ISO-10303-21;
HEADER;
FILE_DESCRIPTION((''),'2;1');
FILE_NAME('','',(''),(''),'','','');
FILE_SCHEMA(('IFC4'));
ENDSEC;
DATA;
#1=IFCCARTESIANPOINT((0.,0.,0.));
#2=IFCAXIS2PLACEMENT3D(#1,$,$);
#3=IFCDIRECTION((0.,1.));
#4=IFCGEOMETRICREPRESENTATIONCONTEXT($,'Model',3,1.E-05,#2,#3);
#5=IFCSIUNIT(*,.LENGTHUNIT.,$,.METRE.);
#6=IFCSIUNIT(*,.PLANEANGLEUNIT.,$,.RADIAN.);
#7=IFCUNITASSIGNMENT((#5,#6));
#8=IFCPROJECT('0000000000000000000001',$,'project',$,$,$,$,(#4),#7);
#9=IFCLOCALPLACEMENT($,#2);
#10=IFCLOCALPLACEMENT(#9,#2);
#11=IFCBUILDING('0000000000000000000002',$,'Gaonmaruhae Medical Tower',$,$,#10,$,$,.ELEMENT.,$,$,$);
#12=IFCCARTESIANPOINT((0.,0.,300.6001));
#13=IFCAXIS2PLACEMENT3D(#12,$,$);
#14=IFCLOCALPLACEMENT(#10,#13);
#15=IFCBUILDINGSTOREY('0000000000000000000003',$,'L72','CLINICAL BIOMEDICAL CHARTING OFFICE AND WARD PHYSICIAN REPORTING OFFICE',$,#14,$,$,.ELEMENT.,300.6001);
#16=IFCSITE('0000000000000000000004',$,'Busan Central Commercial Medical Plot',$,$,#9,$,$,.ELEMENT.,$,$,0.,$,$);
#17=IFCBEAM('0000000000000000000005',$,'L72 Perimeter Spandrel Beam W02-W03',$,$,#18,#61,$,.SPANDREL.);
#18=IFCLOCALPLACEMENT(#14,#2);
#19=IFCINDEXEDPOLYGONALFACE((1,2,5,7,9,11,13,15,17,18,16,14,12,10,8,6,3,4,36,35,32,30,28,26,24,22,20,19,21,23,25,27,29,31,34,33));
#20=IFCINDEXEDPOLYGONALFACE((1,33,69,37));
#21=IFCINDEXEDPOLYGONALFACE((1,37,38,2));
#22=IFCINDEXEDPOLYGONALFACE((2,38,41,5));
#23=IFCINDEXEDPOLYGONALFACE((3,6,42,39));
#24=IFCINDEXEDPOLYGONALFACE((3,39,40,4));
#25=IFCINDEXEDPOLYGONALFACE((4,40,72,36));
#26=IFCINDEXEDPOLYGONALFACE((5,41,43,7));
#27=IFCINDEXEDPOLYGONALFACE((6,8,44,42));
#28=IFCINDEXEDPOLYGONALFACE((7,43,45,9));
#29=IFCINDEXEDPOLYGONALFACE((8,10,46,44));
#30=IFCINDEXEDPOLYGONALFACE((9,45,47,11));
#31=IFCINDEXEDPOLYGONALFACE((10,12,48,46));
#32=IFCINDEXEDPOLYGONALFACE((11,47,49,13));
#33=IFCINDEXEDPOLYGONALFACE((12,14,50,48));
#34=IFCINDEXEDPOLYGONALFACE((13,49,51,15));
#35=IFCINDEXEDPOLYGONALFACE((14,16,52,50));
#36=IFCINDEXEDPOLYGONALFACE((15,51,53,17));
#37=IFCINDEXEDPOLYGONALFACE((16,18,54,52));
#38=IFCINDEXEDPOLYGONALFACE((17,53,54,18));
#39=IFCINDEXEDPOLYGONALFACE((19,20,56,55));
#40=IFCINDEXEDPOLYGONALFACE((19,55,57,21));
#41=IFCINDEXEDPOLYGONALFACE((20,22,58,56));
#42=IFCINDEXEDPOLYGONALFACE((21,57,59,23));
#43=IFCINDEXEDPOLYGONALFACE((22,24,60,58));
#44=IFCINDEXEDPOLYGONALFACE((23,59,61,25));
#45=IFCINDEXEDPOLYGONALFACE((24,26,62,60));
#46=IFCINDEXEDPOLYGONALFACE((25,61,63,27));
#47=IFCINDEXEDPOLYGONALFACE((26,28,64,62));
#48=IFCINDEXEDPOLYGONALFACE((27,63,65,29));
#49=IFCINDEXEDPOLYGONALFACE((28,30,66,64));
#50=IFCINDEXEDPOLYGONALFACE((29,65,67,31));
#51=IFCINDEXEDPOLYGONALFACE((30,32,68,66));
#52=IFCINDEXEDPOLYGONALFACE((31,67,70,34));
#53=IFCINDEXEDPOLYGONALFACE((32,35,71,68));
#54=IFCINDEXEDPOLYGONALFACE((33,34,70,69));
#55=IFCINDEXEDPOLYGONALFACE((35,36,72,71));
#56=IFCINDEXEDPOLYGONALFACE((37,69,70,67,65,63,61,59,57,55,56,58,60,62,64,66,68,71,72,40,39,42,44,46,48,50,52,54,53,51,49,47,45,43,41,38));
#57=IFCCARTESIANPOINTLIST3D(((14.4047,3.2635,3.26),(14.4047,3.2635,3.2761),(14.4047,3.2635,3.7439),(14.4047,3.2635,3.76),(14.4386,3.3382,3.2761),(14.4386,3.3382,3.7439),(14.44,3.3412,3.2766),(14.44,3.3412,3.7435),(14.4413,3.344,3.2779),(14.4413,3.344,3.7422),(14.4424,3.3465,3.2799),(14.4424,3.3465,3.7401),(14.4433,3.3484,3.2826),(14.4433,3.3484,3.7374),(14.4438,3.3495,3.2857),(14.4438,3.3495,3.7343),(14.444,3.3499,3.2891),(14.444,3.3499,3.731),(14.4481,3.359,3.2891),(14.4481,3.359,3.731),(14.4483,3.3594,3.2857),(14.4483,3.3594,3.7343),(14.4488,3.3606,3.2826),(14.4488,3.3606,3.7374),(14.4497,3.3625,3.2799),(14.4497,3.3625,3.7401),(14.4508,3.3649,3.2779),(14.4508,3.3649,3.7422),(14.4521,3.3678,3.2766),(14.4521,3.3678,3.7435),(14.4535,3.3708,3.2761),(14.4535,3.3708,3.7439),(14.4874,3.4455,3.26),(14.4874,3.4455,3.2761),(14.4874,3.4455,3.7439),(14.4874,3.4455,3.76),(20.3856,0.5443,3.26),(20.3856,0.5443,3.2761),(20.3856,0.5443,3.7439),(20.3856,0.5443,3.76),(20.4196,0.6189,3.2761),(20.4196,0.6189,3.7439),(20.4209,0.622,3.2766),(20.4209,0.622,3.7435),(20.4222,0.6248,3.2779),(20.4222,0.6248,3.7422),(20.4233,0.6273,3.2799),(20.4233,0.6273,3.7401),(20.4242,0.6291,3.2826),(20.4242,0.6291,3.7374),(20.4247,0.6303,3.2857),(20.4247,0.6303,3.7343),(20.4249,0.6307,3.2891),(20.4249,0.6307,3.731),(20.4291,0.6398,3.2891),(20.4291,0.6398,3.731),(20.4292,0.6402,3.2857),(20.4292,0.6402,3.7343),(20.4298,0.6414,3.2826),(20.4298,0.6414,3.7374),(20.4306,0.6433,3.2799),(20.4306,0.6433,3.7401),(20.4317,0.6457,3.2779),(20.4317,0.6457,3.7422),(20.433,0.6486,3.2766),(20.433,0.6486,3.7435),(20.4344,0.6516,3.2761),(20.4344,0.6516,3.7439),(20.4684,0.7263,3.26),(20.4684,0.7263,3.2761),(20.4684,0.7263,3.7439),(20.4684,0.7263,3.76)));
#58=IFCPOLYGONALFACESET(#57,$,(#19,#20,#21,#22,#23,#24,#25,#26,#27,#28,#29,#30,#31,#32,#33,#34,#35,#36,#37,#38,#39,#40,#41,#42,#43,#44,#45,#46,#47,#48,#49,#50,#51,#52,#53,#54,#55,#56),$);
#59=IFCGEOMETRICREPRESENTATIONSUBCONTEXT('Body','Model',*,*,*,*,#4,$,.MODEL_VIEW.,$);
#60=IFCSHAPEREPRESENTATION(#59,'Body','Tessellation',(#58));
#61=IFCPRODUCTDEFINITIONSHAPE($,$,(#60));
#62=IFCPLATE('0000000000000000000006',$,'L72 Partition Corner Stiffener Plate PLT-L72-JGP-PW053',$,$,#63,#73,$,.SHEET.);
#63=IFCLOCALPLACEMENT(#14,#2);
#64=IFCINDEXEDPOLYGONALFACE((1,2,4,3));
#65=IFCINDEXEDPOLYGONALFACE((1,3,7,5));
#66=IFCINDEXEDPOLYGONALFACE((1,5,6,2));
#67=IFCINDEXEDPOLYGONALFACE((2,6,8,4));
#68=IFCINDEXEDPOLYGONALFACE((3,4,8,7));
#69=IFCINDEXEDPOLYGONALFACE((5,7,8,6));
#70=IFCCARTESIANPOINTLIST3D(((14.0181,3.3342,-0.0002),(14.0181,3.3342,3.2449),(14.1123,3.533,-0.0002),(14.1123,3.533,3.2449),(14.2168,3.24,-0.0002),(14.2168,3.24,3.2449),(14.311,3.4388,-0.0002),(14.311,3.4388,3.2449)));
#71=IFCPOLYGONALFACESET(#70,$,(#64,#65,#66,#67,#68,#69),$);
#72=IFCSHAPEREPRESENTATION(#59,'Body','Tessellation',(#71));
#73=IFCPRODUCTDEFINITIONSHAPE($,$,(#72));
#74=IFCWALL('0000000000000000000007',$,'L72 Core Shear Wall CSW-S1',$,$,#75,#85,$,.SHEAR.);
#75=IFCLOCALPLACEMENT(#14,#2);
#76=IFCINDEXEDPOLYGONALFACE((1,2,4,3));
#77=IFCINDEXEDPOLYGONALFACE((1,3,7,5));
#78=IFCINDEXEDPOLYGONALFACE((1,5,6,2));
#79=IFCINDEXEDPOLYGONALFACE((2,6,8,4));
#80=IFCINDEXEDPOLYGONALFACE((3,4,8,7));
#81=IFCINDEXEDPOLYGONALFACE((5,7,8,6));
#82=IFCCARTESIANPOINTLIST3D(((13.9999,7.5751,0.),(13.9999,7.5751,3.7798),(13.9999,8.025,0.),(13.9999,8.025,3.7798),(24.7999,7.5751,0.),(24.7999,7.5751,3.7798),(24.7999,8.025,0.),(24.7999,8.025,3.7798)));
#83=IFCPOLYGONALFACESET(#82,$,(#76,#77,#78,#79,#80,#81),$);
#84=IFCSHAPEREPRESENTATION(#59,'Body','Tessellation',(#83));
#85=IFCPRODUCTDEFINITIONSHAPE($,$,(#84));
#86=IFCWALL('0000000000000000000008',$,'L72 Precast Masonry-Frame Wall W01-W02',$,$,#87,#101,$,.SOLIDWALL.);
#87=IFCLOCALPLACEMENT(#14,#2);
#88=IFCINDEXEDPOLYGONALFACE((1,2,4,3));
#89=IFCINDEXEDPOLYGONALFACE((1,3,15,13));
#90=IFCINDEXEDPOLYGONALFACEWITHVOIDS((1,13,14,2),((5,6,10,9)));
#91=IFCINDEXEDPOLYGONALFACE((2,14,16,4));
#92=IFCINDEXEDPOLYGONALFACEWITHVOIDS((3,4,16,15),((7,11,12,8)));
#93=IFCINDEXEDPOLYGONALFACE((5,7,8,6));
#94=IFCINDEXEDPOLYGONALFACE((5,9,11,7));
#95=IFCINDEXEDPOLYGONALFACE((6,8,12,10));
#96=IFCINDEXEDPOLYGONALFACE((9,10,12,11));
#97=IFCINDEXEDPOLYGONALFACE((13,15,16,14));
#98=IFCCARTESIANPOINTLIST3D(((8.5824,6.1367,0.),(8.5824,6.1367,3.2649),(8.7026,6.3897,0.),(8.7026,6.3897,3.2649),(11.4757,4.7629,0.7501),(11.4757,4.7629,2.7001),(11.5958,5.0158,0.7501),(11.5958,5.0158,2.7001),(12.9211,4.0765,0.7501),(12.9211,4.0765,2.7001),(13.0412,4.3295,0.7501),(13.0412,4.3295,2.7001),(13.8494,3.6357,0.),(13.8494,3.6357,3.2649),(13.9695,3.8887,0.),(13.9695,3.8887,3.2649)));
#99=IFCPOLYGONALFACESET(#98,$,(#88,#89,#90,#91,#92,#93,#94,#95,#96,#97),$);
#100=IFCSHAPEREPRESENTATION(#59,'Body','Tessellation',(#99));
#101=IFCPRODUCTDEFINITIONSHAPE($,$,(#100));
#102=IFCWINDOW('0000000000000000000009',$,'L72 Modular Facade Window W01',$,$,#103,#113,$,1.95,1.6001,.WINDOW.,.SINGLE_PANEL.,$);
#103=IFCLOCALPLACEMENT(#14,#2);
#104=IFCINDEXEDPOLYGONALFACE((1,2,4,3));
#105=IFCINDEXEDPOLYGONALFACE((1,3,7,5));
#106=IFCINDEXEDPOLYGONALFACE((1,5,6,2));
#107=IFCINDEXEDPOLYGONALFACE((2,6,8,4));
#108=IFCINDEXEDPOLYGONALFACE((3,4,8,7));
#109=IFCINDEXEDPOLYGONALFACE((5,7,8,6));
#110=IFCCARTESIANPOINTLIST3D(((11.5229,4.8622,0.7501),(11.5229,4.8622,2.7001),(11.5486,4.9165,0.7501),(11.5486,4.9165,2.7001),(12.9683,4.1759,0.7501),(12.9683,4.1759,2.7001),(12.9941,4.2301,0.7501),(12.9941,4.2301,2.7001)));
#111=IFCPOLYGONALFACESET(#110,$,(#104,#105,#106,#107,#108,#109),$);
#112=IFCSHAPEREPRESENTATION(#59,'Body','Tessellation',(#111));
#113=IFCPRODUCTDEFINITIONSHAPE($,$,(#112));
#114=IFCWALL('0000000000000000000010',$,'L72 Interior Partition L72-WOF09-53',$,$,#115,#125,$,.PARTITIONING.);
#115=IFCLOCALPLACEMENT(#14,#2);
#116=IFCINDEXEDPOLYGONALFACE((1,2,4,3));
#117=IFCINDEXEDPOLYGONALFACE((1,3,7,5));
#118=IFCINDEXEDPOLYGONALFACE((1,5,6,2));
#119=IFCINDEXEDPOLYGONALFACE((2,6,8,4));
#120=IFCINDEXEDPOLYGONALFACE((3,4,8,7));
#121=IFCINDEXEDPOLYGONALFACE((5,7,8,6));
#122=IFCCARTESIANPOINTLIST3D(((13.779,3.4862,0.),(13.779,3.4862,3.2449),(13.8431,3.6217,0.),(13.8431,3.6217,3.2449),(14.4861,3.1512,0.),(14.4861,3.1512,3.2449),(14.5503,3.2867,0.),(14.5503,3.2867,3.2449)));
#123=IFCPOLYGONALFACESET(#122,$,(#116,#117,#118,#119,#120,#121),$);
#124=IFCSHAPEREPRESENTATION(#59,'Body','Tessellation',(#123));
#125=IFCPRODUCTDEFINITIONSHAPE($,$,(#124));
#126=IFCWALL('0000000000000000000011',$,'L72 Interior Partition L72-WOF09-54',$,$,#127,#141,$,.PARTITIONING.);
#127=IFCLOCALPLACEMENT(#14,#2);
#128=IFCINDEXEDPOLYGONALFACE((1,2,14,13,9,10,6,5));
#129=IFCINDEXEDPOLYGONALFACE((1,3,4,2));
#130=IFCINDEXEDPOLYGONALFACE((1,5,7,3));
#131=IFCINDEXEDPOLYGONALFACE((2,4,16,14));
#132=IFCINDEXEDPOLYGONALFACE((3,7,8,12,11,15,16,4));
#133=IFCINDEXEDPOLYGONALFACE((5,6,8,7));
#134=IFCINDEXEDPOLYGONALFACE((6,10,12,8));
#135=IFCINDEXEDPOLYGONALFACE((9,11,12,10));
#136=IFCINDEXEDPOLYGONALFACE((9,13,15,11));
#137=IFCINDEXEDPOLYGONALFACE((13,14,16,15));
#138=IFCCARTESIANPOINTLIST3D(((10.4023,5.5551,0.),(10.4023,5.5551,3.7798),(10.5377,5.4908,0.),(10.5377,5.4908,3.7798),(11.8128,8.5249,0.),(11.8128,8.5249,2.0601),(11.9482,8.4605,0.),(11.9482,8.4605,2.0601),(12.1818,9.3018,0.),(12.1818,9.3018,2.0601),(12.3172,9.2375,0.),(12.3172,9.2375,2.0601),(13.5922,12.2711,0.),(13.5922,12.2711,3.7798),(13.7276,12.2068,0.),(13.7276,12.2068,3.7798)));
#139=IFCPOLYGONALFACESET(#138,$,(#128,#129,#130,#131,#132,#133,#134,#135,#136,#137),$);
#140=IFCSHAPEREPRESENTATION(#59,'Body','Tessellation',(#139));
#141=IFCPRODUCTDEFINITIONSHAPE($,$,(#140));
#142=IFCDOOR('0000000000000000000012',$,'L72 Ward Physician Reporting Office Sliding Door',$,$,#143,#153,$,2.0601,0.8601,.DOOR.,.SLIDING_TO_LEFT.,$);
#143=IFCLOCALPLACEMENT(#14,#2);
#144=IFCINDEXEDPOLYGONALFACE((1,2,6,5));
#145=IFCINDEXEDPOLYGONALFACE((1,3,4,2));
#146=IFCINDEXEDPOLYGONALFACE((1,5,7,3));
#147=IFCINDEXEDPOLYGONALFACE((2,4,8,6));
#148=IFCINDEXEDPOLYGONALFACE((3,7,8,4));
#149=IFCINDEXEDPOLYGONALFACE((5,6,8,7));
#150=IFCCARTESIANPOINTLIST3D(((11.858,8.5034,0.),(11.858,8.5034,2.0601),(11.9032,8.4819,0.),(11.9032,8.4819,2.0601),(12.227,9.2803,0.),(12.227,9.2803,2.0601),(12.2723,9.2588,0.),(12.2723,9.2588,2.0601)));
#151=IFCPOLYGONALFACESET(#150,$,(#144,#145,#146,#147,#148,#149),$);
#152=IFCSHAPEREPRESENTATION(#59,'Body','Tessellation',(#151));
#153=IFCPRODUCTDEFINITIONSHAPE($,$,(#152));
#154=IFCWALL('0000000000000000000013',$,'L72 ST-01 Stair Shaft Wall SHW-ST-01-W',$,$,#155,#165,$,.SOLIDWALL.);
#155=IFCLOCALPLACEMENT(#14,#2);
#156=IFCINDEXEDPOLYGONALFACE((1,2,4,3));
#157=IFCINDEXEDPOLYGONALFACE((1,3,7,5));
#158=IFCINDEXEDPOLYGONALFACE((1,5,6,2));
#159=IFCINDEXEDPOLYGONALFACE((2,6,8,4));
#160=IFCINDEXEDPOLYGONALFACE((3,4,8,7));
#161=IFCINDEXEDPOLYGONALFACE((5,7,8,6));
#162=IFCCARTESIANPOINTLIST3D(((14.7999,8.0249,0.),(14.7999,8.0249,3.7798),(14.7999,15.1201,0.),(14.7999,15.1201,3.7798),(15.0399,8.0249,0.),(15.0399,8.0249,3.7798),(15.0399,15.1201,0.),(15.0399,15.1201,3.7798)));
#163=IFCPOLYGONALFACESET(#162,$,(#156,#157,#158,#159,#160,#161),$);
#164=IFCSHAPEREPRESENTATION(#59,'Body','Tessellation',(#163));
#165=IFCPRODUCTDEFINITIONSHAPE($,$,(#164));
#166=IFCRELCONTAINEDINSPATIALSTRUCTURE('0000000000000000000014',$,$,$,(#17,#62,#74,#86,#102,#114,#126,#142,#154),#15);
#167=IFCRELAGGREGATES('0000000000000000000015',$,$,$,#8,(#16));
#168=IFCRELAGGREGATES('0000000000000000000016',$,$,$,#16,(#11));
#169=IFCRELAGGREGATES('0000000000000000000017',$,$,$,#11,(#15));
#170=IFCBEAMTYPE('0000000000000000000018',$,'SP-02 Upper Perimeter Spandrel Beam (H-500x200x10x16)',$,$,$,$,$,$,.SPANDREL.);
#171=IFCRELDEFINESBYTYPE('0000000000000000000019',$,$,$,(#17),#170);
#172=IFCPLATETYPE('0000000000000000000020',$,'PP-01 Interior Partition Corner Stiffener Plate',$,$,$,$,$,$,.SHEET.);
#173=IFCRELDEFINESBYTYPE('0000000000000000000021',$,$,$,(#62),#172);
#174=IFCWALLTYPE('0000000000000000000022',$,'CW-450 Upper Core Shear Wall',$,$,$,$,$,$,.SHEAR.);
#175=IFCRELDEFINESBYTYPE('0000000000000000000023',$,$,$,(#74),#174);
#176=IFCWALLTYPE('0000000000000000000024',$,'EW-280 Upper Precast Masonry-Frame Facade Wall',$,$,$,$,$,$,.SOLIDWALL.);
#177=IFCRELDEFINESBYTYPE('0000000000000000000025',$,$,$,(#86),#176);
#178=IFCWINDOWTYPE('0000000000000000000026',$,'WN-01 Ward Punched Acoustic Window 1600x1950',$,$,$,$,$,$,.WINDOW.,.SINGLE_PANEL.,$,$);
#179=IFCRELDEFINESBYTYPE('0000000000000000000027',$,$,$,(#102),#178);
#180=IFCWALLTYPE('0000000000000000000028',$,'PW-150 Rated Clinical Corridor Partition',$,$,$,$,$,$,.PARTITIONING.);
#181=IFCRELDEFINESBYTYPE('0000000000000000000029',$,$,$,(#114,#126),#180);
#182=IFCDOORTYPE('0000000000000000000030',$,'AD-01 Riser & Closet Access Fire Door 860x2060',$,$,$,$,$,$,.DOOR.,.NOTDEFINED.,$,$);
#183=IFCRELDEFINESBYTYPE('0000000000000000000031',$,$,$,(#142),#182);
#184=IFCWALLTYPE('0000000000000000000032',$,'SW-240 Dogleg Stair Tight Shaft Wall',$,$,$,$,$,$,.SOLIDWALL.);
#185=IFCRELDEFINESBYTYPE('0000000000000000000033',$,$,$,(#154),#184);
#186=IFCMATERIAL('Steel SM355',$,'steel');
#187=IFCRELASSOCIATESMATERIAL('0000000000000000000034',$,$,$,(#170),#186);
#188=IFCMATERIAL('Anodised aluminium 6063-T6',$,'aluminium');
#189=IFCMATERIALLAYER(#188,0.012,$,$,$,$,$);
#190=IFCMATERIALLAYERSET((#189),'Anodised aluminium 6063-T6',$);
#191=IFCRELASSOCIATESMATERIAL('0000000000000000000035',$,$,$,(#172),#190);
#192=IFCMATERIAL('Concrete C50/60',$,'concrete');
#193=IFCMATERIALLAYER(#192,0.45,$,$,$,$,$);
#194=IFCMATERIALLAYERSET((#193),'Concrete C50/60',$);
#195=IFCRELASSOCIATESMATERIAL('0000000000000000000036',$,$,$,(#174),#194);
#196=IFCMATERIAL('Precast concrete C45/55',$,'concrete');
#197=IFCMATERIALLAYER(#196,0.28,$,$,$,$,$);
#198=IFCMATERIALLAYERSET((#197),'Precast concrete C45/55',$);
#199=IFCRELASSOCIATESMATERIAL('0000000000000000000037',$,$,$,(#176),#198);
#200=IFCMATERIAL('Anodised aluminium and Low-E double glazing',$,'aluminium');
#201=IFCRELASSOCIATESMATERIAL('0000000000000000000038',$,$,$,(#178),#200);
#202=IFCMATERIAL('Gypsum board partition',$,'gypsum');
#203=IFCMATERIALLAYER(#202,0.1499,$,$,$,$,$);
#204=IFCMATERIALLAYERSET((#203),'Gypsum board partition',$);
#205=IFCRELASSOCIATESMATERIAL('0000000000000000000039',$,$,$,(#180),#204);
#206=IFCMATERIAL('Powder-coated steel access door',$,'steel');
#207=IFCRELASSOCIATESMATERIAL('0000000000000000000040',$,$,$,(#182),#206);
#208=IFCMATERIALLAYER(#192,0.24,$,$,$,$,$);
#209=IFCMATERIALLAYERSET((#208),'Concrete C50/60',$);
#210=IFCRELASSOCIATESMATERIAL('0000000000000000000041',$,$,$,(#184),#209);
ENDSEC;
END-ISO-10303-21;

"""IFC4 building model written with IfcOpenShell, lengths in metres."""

from ifc_helpers import new_model, si_unit, direction, frame, frame_2d, origin, origin_2d, place, context, subcontext, project, spatial, rectangle, i_section, extrude, material, layer, layer_set, material_profile, profile_set, type_object, element, fill, save


model = new_model("IFC4")

# Units and contexts
model_context = context("Model", 3, precision=1e-05, world=origin(), true_north=direction((0.0, 1.0)))
body_context = subcontext(model_context, "Body", "Model", "MODEL_VIEW")
ifc_project = project(units=[si_unit("LENGTHUNIT", "METRE"), si_unit("PLANEANGLEUNIT", "RADIAN")], contexts=[model_context])

# Site, building, storey
site_placement = place(None, origin())
site = spatial("IfcSite", under=ifc_project, at=site_placement, Name="Busan Central Commercial Medical Plot", CompositionType="ELEMENT", RefElevation=0.0)
building_placement = place(site_placement, origin())
building = spatial("IfcBuilding", under=site, at=building_placement, Name="Gaonmaruhae Medical Tower", CompositionType="ELEMENT")
storey_placement = place(building_placement, frame((0.0, 0.0, 300.6001)))
storey = spatial("IfcBuildingStorey", under=building, at=storey_placement, Name="L72", Description="CLINICAL BIOMEDICAL CHARTING OFFICE AND WARD PHYSICIAN REPORTING OFFICE", CompositionType="ELEMENT", Elevation=300.6001)

# Shared definitions
ifc_material_1 = material(Name="Concrete C50/60", Category="concrete")

# Beam
ifc_material_2 = material(Name="Steel SM355", Category="steel")
ifc_material_profile_1 = material_profile(ifc_material_2, i_section(OverallWidth=0.2, OverallDepth=0.5, WebThickness=0.01, FlangeThickness=0.0161, FilletRadius=0.0129, at=origin_2d()), Name="H-500x200x10x16")
ifc_profile_set_1 = profile_set([ifc_material_profile_1], Name="Steel SM355")
beam_type_1 = type_object("IfcBeamType", Name="SP-02 Upper Perimeter Spandrel Beam (H-500x200x10x16)", PredefinedType="SPANDREL", material=ifc_profile_set_1)
beam_1_placement = place(storey_placement, frame((14.446, 3.3545, 3.51), z_axis=(0.910331, -0.413881, 0.0), x_axis=(0.413881, 0.910331, 0.0)))
element("IfcBeam", 1, at=beam_1_placement, inside=storey, type_object=beam_type_1, Name="L72 Perimeter Spandrel Beam W02-W03", PredefinedType="SPANDREL", context=body_context, shape_type="SweptSolid", body=[
    extrude(i_section(OverallWidth=0.2, OverallDepth=0.5, WebThickness=0.01, FlangeThickness=0.0161, FilletRadius=0.0129, at=origin_2d()), origin(), (0.0, 0.0, 1.0), 6.5701),
])

# Plate
ifc_material_3 = material(Name="Anodised aluminium 6063-T6", Category="aluminium")
ifc_layer_1 = layer(ifc_material_3, 0.012)
ifc_layer_set_1 = layer_set([ifc_layer_1], Name="Anodised aluminium 6063-T6")
plate_type = type_object("IfcPlateType", Name="PP-01 Interior Partition Corner Stiffener Plate", PredefinedType="SHEET", material=ifc_layer_set_1)
plate_placement = place(storey_placement, frame((14.1646, 3.3865, -0.0002), z_axis=(0.0, 0.0, 1.0), x_axis=(-0.903687, 0.428194, 0.0)))
element("IfcPlate", 2, at=plate_placement, inside=storey, type_object=plate_type, Name="L72 Partition Corner Stiffener Plate PLT-L72-JGP-PW053", PredefinedType="SHEET", context=body_context, shape_type="SweptSolid", body=[
    extrude(rectangle(XDim=0.22, YDim=0.22, at=origin_2d()), origin(), (0.0, 0.0, 1.0), 3.2451),
])

# Wall
ifc_layer_2 = layer(ifc_material_1, 0.45)
ifc_layer_set_2 = layer_set([ifc_layer_2], Name="Concrete C50/60")
wall_type_1 = type_object("IfcWallType", Name="CW-450 Upper Core Shear Wall", PredefinedType="SHEAR", material=ifc_layer_set_2)
wall_1_placement = place(storey_placement, frame((14.0, 7.8, 0.0), z_axis=(0.0, 0.0, 1.0), x_axis=(1.0, 0.0, 0.0)))
element("IfcWall", 3, at=wall_1_placement, inside=storey, type_object=wall_type_1, Name="L72 Core Shear Wall CSW-S1", PredefinedType="SHEAR", context=body_context, shape_type="SweptSolid", body=[
    extrude(rectangle(XDim=10.8, YDim=0.45, at=frame_2d((5.3999, 0.0))), origin(), (0.0, 0.0, 1.0), 3.7798),
])

# Wall, opening, window
ifc_material_4 = material(Name="Precast concrete C45/55", Category="concrete")
ifc_layer_3 = layer(ifc_material_4, 0.28)
ifc_layer_set_3 = layer_set([ifc_layer_3], Name="Precast concrete C45/55")
wall_type_2 = type_object("IfcWallType", Name="EW-280 Upper Precast Masonry-Frame Facade Wall", PredefinedType="SOLIDWALL", material=ifc_layer_set_3)
wall_2_placement = place(storey_placement, frame((13.9094, 3.7622, 0.0), z_axis=(0.0, 0.0, 1.0), x_axis=(-0.903329, 0.428948, 0.0)))
wall_2 = element("IfcWall", 4, at=wall_2_placement, inside=storey, type_object=wall_type_2, Name="L72 Precast Masonry-Frame Wall W01-W02", PredefinedType="SOLIDWALL", context=body_context, shape_type="SweptSolid", body=[
    extrude(rectangle(XDim=5.8306, YDim=0.28, at=frame_2d((2.9153, 0.0))), origin(), (0.0, 0.0, 1.0), 3.2649),
])
opening_1_placement = place(wall_2_placement, frame((1.0276, 0.0, 0.75)))
opening_1 = element("IfcOpeningElement", 5, at=opening_1_placement, cuts=wall_2, PredefinedType="OPENING", context=body_context, shape_type="SweptSolid", body=[
    extrude(rectangle(XDim=1.6001, YDim=1.95, at=frame_2d((0.8, 0.9751))), frame((0.0, 0.1499, 0.0), z_axis=(0.0, -1.0, 0.0), x_axis=(1.0, 0.0, 0.0)), (0.0, 0.0, 1.0), 0.3),
])
ifc_material_5 = material(Name="Anodised aluminium and Low-E double glazing", Category="aluminium")
window_type = type_object("IfcWindowType", Name="WN-01 Ward Punched Acoustic Window 1600x1950", PartitioningType="SINGLE_PANEL", PredefinedType="WINDOW", material=ifc_material_5)
window_placement = place(opening_1_placement, origin())
window = element("IfcWindow", 6, at=window_placement, inside=storey, type_object=window_type, Name="L72 Modular Facade Window W01", OverallHeight=1.95, OverallWidth=1.6001, PartitioningType="SINGLE_PANEL", PredefinedType="WINDOW", context=body_context, shape_type="SweptSolid", body=[
    extrude(rectangle(XDim=1.6001, YDim=1.95, at=frame_2d((0.8, 0.9751))), frame((0.0, 0.03, 0.0), z_axis=(0.0, -1.0, 0.0), x_axis=(1.0, 0.0, 0.0)), (0.0, 0.0, 1.0), 0.0601),
])
fill(opening_1, window)

# Wall
ifc_material_6 = material(Name="Gypsum board partition", Category="gypsum")
ifc_layer_4 = layer(ifc_material_6, 0.1499)
ifc_layer_set_4 = layer_set([ifc_layer_4], Name="Gypsum board partition")
wall_type_3 = type_object("IfcWallType", Name="PW-150 Rated Clinical Corridor Partition", PredefinedType="PARTITIONING", material=ifc_layer_set_4)
wall_3_placement = place(storey_placement, frame((14.5181, 3.219, 0.0), z_axis=(0.0, 0.0, 1.0), x_axis=(-0.903712, 0.42814, 0.0)))
element("IfcWall", 7, at=wall_3_placement, inside=storey, type_object=wall_type_3, Name="L72 Interior Partition L72-WOF09-53", PredefinedType="PARTITIONING", context=body_context, shape_type="SweptSolid", body=[
    extrude(rectangle(XDim=0.7825, YDim=0.1499, at=frame_2d((0.3911, 0.0))), origin(), (0.0, 0.0, 1.0), 3.2449),
])

# Wall, opening, door
wall_4_placement = place(storey_placement, frame((10.47, 5.5229, 0.0), z_axis=(0.0, 0.0, 1.0), x_axis=(0.429036, 0.903287, 0.0)))
wall_4 = element("IfcWall", 8, at=wall_4_placement, inside=storey, type_object=wall_type_3, Name="L72 Interior Partition L72-WOF09-54", PredefinedType="PARTITIONING", context=body_context, shape_type="SweptSolid", body=[
    extrude(rectangle(XDim=7.4351, YDim=0.1499, at=frame_2d((3.7175, 0.0))), origin(), (0.0, 0.0, 1.0), 3.7798),
])
opening_2_placement = place(wall_4_placement, frame((3.2876, 0.0, 0.0)))
opening_2 = element("IfcOpeningElement", 9, at=opening_2_placement, cuts=wall_4, PredefinedType="OPENING", context=body_context, shape_type="SweptSolid", body=[
    extrude(rectangle(XDim=0.8601, YDim=2.0601, at=frame_2d((0.4302, 1.03))), frame((0.0, 0.085, 0.0), z_axis=(0.0, -1.0, 0.0), x_axis=(1.0, 0.0, 0.0)), (0.0, 0.0, 1.0), 0.1699),
])
ifc_material_7 = material(Name="Powder-coated steel access door", Category="steel")
door_type = type_object("IfcDoorType", Name="AD-01 Riser & Closet Access Fire Door 860x2060", OperationType="NOTDEFINED", PredefinedType="DOOR", material=ifc_material_7)
door_placement = place(opening_2_placement, origin())
door = element("IfcDoor", 10, at=door_placement, inside=storey, type_object=door_type, Name="L72 Ward Physician Reporting Office Sliding Door", OperationType="SLIDING_TO_LEFT", OverallHeight=2.0601, OverallWidth=0.8601, PredefinedType="DOOR", context=body_context, shape_type="SweptSolid", body=[
    extrude(rectangle(XDim=0.8601, YDim=2.0601, at=frame_2d((0.4302, 1.03))), frame((0.0, 0.0249, 0.0), z_axis=(0.0, -1.0, 0.0), x_axis=(1.0, 0.0, 0.0)), (0.0, 0.0, 1.0), 0.05),
])
fill(opening_2, door)

# Wall
ifc_layer_5 = layer(ifc_material_1, 0.24)
ifc_layer_set_5 = layer_set([ifc_layer_5], Name="Concrete C50/60")
wall_type_4 = type_object("IfcWallType", Name="SW-240 Dogleg Stair Tight Shaft Wall", PredefinedType="SOLIDWALL", material=ifc_layer_set_5)
wall_5_placement = place(storey_placement, frame((14.9199, 8.0249, 0.0), z_axis=(0.0, 0.0, 1.0), x_axis=(0.0, 1.0, 0.0)))
element("IfcWall", 11, at=wall_5_placement, inside=storey, type_object=wall_type_4, Name="L72 ST-01 Stair Shaft Wall SHW-ST-01-W", PredefinedType="SOLIDWALL", context=body_context, shape_type="SweptSolid", body=[
    extrude(rectangle(XDim=7.0952, YDim=0.24, at=frame_2d((3.5476, 0.0))), origin(), (0.0, 0.0, 1.0), 3.7798),
])

save(model, "model.ifc")
